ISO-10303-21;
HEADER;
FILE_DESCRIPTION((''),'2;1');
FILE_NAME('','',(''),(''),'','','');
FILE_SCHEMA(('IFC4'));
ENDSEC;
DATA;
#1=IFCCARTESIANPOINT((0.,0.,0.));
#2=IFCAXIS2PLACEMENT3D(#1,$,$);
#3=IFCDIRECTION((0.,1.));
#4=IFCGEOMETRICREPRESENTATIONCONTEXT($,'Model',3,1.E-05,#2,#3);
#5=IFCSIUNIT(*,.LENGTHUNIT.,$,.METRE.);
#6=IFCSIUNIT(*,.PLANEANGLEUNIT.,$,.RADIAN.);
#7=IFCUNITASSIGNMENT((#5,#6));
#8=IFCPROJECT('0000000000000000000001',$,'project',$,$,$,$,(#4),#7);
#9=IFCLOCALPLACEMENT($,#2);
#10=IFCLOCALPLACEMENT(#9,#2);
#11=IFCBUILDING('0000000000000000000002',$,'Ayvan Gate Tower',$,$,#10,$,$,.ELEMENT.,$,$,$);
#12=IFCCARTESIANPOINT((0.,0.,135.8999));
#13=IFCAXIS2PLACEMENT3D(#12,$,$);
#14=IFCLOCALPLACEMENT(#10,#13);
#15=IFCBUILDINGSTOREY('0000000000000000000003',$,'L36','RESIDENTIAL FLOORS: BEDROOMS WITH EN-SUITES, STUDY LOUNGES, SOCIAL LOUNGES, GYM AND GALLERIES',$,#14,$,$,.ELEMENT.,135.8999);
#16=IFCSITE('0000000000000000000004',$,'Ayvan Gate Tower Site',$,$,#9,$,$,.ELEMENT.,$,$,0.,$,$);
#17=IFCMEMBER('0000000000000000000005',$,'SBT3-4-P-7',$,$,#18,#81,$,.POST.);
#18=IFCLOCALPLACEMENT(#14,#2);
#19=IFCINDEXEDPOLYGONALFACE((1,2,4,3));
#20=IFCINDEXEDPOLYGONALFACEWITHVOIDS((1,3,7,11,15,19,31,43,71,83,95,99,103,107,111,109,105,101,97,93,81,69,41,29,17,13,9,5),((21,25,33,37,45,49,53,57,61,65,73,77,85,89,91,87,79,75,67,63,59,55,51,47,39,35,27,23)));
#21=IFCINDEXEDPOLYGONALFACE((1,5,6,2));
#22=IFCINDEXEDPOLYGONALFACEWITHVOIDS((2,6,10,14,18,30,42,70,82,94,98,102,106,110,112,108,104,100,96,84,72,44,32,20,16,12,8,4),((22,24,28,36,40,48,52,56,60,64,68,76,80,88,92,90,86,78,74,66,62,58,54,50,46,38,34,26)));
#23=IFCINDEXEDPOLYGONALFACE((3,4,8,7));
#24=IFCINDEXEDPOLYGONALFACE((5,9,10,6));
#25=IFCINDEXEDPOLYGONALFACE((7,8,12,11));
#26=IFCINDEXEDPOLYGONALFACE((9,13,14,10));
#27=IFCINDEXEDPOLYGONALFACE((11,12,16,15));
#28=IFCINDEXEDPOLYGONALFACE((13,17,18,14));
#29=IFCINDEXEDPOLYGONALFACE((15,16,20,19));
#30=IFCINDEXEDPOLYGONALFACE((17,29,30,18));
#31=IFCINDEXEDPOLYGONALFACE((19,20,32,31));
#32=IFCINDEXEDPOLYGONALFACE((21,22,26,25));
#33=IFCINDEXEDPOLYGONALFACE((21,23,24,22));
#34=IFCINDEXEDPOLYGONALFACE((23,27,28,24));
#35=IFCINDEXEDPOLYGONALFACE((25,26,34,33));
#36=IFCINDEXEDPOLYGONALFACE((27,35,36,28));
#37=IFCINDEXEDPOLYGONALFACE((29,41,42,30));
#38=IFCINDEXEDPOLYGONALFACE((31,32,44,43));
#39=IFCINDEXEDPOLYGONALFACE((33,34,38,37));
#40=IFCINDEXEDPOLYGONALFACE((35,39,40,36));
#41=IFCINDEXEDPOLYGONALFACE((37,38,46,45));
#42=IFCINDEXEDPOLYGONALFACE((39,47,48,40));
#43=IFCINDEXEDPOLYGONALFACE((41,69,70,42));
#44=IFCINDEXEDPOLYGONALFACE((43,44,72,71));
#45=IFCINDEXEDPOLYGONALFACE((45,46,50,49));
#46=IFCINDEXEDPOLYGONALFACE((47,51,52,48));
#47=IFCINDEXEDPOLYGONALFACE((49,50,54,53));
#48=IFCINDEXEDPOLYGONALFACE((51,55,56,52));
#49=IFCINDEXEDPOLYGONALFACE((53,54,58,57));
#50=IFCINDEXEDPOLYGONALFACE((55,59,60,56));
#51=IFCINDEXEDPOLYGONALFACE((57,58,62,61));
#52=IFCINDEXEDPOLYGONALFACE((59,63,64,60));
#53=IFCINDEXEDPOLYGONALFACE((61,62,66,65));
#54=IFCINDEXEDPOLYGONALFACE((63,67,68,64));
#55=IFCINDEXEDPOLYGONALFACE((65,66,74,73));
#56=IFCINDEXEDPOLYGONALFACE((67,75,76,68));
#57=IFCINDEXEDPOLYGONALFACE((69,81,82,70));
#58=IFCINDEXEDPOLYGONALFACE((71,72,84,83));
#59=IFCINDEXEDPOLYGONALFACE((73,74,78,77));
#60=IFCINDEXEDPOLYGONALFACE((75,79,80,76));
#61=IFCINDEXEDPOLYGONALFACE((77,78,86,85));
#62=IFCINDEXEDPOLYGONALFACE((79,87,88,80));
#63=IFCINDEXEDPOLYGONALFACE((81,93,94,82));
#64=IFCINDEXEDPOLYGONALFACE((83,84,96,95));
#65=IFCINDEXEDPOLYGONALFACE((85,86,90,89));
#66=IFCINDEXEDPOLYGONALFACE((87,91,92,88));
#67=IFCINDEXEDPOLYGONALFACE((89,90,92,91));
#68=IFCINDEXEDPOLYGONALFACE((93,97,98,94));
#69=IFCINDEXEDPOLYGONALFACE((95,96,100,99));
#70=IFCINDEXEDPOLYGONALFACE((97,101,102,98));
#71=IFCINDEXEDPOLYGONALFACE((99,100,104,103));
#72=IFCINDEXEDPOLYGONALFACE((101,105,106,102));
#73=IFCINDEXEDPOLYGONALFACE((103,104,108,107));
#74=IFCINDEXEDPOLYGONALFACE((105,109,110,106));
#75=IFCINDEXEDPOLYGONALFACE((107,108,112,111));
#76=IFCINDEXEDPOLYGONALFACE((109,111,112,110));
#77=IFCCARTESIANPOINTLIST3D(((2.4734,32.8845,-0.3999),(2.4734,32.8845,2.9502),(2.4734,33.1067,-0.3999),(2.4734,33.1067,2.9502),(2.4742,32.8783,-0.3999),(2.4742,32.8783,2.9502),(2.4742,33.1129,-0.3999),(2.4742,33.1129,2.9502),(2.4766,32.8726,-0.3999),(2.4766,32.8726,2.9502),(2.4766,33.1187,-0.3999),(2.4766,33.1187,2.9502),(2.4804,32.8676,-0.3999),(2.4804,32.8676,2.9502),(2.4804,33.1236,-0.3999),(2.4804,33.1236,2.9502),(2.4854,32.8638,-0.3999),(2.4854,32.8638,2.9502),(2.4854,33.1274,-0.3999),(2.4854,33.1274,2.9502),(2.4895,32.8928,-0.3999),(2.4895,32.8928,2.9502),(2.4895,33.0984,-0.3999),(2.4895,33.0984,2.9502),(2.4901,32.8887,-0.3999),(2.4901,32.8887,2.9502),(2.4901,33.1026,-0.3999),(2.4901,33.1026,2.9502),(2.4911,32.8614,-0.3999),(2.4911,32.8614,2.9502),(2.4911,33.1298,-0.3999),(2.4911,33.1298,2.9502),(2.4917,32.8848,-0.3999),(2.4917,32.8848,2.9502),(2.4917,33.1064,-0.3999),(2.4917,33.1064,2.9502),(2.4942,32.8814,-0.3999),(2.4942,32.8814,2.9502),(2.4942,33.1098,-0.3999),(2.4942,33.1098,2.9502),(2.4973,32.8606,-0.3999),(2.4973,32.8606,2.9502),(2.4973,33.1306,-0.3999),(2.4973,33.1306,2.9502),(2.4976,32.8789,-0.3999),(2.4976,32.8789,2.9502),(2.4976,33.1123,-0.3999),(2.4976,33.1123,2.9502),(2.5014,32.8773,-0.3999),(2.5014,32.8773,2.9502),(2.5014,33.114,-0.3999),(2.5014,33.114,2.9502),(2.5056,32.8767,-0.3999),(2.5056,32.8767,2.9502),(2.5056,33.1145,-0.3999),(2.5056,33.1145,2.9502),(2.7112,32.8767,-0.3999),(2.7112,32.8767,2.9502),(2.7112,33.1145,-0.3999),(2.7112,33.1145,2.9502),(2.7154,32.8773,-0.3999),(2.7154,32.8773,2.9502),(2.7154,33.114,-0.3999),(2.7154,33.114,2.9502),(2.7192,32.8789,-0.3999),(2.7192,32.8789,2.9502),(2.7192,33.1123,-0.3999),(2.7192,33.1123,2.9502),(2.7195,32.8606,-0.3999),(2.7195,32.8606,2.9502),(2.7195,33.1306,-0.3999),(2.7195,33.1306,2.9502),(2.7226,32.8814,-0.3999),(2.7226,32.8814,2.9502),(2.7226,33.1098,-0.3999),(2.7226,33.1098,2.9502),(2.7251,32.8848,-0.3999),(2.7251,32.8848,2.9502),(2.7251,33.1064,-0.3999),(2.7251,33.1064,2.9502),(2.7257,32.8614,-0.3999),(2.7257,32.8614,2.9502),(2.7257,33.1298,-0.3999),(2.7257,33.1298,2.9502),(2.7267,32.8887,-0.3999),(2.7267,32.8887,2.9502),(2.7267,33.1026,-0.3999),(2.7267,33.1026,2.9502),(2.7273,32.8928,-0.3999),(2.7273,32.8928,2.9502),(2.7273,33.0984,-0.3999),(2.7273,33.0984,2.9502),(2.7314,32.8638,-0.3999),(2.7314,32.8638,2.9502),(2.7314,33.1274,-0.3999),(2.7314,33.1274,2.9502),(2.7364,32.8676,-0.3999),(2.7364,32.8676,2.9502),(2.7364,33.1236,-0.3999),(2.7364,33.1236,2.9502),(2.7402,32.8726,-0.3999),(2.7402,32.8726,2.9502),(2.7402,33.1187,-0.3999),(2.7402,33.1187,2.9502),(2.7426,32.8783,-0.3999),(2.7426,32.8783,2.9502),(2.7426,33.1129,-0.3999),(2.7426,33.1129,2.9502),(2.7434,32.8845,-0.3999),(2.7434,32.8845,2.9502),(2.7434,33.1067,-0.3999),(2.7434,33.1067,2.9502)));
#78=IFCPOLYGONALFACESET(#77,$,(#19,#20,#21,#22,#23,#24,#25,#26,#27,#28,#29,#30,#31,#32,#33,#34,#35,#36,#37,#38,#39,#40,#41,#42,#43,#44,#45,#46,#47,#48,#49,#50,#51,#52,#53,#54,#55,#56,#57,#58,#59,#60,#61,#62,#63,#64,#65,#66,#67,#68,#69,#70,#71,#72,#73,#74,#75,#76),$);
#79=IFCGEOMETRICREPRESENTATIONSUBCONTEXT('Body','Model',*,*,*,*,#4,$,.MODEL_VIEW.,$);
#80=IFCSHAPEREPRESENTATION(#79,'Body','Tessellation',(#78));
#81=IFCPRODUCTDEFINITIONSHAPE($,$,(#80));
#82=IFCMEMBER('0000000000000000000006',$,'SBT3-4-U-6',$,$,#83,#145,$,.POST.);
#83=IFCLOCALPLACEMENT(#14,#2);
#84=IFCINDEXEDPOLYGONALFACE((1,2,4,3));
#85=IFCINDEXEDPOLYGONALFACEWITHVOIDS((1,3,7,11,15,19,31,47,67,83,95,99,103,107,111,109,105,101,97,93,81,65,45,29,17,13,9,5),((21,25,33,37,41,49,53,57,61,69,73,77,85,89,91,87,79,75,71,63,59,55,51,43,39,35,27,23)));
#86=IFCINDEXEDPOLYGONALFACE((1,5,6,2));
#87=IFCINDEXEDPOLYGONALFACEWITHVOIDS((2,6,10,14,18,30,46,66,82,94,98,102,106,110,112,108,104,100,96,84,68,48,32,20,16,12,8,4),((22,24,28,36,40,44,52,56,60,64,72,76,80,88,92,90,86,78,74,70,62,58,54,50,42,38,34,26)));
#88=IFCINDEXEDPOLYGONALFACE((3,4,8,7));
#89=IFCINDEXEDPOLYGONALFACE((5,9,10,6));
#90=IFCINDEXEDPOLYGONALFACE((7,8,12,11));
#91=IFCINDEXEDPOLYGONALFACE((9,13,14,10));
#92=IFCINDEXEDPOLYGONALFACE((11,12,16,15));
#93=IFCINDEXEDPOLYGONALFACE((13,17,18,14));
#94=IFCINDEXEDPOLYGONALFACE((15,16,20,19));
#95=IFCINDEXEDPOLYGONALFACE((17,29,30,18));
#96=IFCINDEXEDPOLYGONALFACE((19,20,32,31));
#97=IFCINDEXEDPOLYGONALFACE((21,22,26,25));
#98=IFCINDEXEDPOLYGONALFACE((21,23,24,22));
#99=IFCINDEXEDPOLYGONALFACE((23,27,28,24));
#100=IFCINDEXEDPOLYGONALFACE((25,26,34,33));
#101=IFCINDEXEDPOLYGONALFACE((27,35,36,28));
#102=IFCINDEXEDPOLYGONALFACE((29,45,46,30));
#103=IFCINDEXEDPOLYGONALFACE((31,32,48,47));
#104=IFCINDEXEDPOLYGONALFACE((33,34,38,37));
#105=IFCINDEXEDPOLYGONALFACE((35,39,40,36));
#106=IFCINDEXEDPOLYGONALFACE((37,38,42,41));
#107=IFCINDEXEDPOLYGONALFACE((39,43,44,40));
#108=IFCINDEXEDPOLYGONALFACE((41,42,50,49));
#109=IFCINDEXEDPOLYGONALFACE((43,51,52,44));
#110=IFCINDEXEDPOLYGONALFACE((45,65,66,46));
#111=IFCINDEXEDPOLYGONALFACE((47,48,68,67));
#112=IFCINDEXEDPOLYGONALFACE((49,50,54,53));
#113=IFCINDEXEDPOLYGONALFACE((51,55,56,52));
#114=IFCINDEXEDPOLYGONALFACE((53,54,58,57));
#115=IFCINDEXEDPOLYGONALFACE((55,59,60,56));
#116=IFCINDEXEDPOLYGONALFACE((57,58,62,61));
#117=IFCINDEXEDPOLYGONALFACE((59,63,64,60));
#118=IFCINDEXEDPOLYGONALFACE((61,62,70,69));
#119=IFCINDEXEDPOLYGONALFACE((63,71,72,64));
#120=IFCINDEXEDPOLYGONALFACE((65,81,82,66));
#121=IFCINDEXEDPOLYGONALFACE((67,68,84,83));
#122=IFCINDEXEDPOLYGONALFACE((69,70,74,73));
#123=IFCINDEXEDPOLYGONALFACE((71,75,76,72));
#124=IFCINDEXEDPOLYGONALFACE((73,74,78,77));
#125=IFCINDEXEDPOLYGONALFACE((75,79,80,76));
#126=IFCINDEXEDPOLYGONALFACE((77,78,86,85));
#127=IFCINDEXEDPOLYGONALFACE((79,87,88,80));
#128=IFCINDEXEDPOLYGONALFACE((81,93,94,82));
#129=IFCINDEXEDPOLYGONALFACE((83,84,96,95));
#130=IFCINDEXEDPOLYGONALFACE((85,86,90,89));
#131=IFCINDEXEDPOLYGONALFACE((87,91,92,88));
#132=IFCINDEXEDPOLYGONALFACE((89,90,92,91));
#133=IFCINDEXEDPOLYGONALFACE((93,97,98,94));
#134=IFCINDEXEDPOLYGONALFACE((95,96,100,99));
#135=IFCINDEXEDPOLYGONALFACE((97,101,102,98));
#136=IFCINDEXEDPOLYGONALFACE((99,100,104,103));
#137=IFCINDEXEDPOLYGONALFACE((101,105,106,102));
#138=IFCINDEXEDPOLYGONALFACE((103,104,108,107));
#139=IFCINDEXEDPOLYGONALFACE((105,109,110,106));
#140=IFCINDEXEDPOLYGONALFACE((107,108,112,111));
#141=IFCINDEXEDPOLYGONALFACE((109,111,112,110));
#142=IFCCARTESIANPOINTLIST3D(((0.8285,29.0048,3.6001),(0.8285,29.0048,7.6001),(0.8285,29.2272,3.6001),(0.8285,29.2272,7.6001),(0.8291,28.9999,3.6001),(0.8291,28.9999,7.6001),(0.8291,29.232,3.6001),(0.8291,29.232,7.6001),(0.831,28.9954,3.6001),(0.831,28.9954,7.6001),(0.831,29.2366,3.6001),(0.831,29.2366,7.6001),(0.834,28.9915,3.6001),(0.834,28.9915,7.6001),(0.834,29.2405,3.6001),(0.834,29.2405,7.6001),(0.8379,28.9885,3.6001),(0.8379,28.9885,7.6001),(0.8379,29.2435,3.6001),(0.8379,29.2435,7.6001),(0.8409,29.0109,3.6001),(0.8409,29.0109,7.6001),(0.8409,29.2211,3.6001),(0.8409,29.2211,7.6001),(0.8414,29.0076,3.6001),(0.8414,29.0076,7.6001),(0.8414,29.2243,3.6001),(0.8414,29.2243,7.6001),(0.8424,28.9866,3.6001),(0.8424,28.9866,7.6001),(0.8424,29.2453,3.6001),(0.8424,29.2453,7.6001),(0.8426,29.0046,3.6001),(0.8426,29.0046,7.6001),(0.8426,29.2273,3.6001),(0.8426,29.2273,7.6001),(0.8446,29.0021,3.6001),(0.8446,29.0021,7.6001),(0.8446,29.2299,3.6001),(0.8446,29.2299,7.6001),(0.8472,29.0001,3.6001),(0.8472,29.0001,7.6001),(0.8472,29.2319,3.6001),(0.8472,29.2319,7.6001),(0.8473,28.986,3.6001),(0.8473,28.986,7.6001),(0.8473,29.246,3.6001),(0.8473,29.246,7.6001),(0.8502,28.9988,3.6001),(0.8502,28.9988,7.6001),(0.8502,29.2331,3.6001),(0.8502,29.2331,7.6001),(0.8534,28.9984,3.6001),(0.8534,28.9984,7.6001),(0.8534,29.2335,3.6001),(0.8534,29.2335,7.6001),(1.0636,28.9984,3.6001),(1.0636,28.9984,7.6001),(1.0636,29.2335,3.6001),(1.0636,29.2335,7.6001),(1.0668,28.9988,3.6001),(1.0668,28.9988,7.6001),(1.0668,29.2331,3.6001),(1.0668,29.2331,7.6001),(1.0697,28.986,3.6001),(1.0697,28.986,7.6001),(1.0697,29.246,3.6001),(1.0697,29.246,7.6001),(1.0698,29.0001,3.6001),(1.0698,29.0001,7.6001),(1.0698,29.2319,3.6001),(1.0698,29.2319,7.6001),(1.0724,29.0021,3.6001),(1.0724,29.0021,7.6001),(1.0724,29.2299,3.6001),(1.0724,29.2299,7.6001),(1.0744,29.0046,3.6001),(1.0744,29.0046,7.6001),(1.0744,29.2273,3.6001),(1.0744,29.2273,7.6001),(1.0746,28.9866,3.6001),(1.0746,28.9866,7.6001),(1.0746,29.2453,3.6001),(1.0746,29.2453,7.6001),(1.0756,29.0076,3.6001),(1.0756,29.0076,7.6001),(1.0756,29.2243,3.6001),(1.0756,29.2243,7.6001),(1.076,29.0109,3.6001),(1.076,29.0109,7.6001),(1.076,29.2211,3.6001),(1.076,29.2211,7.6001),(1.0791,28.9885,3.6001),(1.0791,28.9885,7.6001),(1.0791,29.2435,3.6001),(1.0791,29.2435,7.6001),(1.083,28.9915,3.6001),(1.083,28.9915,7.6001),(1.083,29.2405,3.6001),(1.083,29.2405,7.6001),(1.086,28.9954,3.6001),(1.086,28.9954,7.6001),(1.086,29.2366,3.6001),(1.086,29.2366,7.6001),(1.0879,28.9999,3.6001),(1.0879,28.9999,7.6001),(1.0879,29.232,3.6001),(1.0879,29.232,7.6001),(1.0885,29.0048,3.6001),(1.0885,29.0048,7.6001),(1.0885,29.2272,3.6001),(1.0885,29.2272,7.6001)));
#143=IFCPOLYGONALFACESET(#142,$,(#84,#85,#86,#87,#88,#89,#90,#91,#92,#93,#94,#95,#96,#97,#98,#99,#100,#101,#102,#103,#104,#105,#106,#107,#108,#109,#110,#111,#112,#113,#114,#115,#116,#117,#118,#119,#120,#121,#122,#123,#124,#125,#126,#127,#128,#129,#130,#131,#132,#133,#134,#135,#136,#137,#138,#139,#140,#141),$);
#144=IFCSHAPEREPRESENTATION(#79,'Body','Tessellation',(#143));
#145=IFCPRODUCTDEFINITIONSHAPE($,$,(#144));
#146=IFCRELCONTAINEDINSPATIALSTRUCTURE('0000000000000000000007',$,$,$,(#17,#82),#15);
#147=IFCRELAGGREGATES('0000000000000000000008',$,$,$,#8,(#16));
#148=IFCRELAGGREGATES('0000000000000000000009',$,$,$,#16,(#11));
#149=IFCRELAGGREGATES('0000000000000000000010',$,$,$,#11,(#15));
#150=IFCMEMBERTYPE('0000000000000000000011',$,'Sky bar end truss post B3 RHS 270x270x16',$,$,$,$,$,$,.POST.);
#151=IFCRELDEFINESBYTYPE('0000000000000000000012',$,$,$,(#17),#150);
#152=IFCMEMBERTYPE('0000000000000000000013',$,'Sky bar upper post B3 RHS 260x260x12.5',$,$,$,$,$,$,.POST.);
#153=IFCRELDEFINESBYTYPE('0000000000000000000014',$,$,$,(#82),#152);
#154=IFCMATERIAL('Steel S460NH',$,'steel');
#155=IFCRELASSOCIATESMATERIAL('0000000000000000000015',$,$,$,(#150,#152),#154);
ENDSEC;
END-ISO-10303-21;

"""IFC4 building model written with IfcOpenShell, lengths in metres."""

from ifc_helpers import new_model, si_unit, direction, frame, origin, origin_2d, place, context, subcontext, project, spatial, hollow_rectangle, extrude, material, material_profile, profile_set, type_object, element, save


model = new_model("IFC4")

# Units and contexts
model_context = context("Model", 3, precision=1e-05, world=origin(), true_north=direction((0.0, 1.0)))
body_context = subcontext(model_context, "Body", "Model", "MODEL_VIEW")
ifc_project = project(units=[si_unit("LENGTHUNIT", "METRE"), si_unit("PLANEANGLEUNIT", "RADIAN")], contexts=[model_context])

# Site, building, storey
site_placement = place(None, origin())
site = spatial("IfcSite", under=ifc_project, at=site_placement, Name="Ayvan Gate Tower Site", CompositionType="ELEMENT", RefElevation=0.0)
building_placement = place(site_placement, origin())
building = spatial("IfcBuilding", under=site, at=building_placement, Name="Ayvan Gate Tower", CompositionType="ELEMENT")
storey_placement = place(building_placement, frame((0.0, 0.0, 135.8999)))
storey = spatial("IfcBuildingStorey", under=building, at=storey_placement, Name="L36", Description="RESIDENTIAL FLOORS: BEDROOMS WITH EN-SUITES, STUDY LOUNGES, SOCIAL LOUNGES, GYM AND GALLERIES", CompositionType="ELEMENT", Elevation=135.8999)

# Shared definitions
ifc_material_1 = material(Name="Steel S460NH", Category="steel")

# Members
ifc_material_profile_1 = material_profile(ifc_material_1, hollow_rectangle(XDim=0.27, YDim=0.27, WallThickness=0.0161, InnerFilletRadius=0.0161, OuterFilletRadius=0.0239, at=origin_2d()), Name="RHS 270x270x16")
ifc_profile_set_1 = profile_set([ifc_material_profile_1], Name="Steel S460NH")
member_type_1 = type_object("IfcMemberType", Name="Sky bar end truss post B3 RHS 270x270x16", PredefinedType="POST", material=ifc_profile_set_1)
for number, where, z_axis, x_axis, name in (
    (1, (2.6084, 32.9956, -0.3999), (0.0, 0.0, 1.0), (1.0, 0.0, 0.0), "SBT3-4-P-7"),
):
    element("IfcMember", number, at=place(storey_placement, frame(where, z_axis=z_axis, x_axis=x_axis)), inside=storey, type_object=member_type_1, Name=name, PredefinedType="POST", context=body_context, shape_type="SweptSolid", body=[
        extrude(hollow_rectangle(XDim=0.27, YDim=0.27, WallThickness=0.0161, InnerFilletRadius=0.0161, OuterFilletRadius=0.0239, at=origin_2d()), origin(), (0.0, 0.0, 1.0), 3.3501),
    ])
ifc_material_profile_2 = material_profile(ifc_material_1, hollow_rectangle(XDim=0.26, YDim=0.26, WallThickness=0.0125, InnerFilletRadius=0.0125, OuterFilletRadius=0.0188, at=origin_2d()), Name="RHS 260x260x12.5")
ifc_profile_set_2 = profile_set([ifc_material_profile_2], Name="Steel S460NH")
member_type_2 = type_object("IfcMemberType", Name="Sky bar upper post B3 RHS 260x260x12.5", PredefinedType="POST", material=ifc_profile_set_2)
for number, where, z_axis, x_axis, name in (
    (2, (0.9585, 29.116, 3.6001), (0.0, 0.0, 1.0), (1.0, 0.0, 0.0), "SBT3-4-U-6"),
):
    element("IfcMember", number, at=place(storey_placement, frame(where, z_axis=z_axis, x_axis=x_axis)), inside=storey, type_object=member_type_2, Name=name, PredefinedType="POST", context=body_context, shape_type="SweptSolid", body=[
        extrude(hollow_rectangle(XDim=0.26, YDim=0.26, WallThickness=0.0125, InnerFilletRadius=0.0125, OuterFilletRadius=0.0188, at=origin_2d()), origin(), (0.0, 0.0, 1.0), 4.0),
    ])

save(model, "model.ifc")
